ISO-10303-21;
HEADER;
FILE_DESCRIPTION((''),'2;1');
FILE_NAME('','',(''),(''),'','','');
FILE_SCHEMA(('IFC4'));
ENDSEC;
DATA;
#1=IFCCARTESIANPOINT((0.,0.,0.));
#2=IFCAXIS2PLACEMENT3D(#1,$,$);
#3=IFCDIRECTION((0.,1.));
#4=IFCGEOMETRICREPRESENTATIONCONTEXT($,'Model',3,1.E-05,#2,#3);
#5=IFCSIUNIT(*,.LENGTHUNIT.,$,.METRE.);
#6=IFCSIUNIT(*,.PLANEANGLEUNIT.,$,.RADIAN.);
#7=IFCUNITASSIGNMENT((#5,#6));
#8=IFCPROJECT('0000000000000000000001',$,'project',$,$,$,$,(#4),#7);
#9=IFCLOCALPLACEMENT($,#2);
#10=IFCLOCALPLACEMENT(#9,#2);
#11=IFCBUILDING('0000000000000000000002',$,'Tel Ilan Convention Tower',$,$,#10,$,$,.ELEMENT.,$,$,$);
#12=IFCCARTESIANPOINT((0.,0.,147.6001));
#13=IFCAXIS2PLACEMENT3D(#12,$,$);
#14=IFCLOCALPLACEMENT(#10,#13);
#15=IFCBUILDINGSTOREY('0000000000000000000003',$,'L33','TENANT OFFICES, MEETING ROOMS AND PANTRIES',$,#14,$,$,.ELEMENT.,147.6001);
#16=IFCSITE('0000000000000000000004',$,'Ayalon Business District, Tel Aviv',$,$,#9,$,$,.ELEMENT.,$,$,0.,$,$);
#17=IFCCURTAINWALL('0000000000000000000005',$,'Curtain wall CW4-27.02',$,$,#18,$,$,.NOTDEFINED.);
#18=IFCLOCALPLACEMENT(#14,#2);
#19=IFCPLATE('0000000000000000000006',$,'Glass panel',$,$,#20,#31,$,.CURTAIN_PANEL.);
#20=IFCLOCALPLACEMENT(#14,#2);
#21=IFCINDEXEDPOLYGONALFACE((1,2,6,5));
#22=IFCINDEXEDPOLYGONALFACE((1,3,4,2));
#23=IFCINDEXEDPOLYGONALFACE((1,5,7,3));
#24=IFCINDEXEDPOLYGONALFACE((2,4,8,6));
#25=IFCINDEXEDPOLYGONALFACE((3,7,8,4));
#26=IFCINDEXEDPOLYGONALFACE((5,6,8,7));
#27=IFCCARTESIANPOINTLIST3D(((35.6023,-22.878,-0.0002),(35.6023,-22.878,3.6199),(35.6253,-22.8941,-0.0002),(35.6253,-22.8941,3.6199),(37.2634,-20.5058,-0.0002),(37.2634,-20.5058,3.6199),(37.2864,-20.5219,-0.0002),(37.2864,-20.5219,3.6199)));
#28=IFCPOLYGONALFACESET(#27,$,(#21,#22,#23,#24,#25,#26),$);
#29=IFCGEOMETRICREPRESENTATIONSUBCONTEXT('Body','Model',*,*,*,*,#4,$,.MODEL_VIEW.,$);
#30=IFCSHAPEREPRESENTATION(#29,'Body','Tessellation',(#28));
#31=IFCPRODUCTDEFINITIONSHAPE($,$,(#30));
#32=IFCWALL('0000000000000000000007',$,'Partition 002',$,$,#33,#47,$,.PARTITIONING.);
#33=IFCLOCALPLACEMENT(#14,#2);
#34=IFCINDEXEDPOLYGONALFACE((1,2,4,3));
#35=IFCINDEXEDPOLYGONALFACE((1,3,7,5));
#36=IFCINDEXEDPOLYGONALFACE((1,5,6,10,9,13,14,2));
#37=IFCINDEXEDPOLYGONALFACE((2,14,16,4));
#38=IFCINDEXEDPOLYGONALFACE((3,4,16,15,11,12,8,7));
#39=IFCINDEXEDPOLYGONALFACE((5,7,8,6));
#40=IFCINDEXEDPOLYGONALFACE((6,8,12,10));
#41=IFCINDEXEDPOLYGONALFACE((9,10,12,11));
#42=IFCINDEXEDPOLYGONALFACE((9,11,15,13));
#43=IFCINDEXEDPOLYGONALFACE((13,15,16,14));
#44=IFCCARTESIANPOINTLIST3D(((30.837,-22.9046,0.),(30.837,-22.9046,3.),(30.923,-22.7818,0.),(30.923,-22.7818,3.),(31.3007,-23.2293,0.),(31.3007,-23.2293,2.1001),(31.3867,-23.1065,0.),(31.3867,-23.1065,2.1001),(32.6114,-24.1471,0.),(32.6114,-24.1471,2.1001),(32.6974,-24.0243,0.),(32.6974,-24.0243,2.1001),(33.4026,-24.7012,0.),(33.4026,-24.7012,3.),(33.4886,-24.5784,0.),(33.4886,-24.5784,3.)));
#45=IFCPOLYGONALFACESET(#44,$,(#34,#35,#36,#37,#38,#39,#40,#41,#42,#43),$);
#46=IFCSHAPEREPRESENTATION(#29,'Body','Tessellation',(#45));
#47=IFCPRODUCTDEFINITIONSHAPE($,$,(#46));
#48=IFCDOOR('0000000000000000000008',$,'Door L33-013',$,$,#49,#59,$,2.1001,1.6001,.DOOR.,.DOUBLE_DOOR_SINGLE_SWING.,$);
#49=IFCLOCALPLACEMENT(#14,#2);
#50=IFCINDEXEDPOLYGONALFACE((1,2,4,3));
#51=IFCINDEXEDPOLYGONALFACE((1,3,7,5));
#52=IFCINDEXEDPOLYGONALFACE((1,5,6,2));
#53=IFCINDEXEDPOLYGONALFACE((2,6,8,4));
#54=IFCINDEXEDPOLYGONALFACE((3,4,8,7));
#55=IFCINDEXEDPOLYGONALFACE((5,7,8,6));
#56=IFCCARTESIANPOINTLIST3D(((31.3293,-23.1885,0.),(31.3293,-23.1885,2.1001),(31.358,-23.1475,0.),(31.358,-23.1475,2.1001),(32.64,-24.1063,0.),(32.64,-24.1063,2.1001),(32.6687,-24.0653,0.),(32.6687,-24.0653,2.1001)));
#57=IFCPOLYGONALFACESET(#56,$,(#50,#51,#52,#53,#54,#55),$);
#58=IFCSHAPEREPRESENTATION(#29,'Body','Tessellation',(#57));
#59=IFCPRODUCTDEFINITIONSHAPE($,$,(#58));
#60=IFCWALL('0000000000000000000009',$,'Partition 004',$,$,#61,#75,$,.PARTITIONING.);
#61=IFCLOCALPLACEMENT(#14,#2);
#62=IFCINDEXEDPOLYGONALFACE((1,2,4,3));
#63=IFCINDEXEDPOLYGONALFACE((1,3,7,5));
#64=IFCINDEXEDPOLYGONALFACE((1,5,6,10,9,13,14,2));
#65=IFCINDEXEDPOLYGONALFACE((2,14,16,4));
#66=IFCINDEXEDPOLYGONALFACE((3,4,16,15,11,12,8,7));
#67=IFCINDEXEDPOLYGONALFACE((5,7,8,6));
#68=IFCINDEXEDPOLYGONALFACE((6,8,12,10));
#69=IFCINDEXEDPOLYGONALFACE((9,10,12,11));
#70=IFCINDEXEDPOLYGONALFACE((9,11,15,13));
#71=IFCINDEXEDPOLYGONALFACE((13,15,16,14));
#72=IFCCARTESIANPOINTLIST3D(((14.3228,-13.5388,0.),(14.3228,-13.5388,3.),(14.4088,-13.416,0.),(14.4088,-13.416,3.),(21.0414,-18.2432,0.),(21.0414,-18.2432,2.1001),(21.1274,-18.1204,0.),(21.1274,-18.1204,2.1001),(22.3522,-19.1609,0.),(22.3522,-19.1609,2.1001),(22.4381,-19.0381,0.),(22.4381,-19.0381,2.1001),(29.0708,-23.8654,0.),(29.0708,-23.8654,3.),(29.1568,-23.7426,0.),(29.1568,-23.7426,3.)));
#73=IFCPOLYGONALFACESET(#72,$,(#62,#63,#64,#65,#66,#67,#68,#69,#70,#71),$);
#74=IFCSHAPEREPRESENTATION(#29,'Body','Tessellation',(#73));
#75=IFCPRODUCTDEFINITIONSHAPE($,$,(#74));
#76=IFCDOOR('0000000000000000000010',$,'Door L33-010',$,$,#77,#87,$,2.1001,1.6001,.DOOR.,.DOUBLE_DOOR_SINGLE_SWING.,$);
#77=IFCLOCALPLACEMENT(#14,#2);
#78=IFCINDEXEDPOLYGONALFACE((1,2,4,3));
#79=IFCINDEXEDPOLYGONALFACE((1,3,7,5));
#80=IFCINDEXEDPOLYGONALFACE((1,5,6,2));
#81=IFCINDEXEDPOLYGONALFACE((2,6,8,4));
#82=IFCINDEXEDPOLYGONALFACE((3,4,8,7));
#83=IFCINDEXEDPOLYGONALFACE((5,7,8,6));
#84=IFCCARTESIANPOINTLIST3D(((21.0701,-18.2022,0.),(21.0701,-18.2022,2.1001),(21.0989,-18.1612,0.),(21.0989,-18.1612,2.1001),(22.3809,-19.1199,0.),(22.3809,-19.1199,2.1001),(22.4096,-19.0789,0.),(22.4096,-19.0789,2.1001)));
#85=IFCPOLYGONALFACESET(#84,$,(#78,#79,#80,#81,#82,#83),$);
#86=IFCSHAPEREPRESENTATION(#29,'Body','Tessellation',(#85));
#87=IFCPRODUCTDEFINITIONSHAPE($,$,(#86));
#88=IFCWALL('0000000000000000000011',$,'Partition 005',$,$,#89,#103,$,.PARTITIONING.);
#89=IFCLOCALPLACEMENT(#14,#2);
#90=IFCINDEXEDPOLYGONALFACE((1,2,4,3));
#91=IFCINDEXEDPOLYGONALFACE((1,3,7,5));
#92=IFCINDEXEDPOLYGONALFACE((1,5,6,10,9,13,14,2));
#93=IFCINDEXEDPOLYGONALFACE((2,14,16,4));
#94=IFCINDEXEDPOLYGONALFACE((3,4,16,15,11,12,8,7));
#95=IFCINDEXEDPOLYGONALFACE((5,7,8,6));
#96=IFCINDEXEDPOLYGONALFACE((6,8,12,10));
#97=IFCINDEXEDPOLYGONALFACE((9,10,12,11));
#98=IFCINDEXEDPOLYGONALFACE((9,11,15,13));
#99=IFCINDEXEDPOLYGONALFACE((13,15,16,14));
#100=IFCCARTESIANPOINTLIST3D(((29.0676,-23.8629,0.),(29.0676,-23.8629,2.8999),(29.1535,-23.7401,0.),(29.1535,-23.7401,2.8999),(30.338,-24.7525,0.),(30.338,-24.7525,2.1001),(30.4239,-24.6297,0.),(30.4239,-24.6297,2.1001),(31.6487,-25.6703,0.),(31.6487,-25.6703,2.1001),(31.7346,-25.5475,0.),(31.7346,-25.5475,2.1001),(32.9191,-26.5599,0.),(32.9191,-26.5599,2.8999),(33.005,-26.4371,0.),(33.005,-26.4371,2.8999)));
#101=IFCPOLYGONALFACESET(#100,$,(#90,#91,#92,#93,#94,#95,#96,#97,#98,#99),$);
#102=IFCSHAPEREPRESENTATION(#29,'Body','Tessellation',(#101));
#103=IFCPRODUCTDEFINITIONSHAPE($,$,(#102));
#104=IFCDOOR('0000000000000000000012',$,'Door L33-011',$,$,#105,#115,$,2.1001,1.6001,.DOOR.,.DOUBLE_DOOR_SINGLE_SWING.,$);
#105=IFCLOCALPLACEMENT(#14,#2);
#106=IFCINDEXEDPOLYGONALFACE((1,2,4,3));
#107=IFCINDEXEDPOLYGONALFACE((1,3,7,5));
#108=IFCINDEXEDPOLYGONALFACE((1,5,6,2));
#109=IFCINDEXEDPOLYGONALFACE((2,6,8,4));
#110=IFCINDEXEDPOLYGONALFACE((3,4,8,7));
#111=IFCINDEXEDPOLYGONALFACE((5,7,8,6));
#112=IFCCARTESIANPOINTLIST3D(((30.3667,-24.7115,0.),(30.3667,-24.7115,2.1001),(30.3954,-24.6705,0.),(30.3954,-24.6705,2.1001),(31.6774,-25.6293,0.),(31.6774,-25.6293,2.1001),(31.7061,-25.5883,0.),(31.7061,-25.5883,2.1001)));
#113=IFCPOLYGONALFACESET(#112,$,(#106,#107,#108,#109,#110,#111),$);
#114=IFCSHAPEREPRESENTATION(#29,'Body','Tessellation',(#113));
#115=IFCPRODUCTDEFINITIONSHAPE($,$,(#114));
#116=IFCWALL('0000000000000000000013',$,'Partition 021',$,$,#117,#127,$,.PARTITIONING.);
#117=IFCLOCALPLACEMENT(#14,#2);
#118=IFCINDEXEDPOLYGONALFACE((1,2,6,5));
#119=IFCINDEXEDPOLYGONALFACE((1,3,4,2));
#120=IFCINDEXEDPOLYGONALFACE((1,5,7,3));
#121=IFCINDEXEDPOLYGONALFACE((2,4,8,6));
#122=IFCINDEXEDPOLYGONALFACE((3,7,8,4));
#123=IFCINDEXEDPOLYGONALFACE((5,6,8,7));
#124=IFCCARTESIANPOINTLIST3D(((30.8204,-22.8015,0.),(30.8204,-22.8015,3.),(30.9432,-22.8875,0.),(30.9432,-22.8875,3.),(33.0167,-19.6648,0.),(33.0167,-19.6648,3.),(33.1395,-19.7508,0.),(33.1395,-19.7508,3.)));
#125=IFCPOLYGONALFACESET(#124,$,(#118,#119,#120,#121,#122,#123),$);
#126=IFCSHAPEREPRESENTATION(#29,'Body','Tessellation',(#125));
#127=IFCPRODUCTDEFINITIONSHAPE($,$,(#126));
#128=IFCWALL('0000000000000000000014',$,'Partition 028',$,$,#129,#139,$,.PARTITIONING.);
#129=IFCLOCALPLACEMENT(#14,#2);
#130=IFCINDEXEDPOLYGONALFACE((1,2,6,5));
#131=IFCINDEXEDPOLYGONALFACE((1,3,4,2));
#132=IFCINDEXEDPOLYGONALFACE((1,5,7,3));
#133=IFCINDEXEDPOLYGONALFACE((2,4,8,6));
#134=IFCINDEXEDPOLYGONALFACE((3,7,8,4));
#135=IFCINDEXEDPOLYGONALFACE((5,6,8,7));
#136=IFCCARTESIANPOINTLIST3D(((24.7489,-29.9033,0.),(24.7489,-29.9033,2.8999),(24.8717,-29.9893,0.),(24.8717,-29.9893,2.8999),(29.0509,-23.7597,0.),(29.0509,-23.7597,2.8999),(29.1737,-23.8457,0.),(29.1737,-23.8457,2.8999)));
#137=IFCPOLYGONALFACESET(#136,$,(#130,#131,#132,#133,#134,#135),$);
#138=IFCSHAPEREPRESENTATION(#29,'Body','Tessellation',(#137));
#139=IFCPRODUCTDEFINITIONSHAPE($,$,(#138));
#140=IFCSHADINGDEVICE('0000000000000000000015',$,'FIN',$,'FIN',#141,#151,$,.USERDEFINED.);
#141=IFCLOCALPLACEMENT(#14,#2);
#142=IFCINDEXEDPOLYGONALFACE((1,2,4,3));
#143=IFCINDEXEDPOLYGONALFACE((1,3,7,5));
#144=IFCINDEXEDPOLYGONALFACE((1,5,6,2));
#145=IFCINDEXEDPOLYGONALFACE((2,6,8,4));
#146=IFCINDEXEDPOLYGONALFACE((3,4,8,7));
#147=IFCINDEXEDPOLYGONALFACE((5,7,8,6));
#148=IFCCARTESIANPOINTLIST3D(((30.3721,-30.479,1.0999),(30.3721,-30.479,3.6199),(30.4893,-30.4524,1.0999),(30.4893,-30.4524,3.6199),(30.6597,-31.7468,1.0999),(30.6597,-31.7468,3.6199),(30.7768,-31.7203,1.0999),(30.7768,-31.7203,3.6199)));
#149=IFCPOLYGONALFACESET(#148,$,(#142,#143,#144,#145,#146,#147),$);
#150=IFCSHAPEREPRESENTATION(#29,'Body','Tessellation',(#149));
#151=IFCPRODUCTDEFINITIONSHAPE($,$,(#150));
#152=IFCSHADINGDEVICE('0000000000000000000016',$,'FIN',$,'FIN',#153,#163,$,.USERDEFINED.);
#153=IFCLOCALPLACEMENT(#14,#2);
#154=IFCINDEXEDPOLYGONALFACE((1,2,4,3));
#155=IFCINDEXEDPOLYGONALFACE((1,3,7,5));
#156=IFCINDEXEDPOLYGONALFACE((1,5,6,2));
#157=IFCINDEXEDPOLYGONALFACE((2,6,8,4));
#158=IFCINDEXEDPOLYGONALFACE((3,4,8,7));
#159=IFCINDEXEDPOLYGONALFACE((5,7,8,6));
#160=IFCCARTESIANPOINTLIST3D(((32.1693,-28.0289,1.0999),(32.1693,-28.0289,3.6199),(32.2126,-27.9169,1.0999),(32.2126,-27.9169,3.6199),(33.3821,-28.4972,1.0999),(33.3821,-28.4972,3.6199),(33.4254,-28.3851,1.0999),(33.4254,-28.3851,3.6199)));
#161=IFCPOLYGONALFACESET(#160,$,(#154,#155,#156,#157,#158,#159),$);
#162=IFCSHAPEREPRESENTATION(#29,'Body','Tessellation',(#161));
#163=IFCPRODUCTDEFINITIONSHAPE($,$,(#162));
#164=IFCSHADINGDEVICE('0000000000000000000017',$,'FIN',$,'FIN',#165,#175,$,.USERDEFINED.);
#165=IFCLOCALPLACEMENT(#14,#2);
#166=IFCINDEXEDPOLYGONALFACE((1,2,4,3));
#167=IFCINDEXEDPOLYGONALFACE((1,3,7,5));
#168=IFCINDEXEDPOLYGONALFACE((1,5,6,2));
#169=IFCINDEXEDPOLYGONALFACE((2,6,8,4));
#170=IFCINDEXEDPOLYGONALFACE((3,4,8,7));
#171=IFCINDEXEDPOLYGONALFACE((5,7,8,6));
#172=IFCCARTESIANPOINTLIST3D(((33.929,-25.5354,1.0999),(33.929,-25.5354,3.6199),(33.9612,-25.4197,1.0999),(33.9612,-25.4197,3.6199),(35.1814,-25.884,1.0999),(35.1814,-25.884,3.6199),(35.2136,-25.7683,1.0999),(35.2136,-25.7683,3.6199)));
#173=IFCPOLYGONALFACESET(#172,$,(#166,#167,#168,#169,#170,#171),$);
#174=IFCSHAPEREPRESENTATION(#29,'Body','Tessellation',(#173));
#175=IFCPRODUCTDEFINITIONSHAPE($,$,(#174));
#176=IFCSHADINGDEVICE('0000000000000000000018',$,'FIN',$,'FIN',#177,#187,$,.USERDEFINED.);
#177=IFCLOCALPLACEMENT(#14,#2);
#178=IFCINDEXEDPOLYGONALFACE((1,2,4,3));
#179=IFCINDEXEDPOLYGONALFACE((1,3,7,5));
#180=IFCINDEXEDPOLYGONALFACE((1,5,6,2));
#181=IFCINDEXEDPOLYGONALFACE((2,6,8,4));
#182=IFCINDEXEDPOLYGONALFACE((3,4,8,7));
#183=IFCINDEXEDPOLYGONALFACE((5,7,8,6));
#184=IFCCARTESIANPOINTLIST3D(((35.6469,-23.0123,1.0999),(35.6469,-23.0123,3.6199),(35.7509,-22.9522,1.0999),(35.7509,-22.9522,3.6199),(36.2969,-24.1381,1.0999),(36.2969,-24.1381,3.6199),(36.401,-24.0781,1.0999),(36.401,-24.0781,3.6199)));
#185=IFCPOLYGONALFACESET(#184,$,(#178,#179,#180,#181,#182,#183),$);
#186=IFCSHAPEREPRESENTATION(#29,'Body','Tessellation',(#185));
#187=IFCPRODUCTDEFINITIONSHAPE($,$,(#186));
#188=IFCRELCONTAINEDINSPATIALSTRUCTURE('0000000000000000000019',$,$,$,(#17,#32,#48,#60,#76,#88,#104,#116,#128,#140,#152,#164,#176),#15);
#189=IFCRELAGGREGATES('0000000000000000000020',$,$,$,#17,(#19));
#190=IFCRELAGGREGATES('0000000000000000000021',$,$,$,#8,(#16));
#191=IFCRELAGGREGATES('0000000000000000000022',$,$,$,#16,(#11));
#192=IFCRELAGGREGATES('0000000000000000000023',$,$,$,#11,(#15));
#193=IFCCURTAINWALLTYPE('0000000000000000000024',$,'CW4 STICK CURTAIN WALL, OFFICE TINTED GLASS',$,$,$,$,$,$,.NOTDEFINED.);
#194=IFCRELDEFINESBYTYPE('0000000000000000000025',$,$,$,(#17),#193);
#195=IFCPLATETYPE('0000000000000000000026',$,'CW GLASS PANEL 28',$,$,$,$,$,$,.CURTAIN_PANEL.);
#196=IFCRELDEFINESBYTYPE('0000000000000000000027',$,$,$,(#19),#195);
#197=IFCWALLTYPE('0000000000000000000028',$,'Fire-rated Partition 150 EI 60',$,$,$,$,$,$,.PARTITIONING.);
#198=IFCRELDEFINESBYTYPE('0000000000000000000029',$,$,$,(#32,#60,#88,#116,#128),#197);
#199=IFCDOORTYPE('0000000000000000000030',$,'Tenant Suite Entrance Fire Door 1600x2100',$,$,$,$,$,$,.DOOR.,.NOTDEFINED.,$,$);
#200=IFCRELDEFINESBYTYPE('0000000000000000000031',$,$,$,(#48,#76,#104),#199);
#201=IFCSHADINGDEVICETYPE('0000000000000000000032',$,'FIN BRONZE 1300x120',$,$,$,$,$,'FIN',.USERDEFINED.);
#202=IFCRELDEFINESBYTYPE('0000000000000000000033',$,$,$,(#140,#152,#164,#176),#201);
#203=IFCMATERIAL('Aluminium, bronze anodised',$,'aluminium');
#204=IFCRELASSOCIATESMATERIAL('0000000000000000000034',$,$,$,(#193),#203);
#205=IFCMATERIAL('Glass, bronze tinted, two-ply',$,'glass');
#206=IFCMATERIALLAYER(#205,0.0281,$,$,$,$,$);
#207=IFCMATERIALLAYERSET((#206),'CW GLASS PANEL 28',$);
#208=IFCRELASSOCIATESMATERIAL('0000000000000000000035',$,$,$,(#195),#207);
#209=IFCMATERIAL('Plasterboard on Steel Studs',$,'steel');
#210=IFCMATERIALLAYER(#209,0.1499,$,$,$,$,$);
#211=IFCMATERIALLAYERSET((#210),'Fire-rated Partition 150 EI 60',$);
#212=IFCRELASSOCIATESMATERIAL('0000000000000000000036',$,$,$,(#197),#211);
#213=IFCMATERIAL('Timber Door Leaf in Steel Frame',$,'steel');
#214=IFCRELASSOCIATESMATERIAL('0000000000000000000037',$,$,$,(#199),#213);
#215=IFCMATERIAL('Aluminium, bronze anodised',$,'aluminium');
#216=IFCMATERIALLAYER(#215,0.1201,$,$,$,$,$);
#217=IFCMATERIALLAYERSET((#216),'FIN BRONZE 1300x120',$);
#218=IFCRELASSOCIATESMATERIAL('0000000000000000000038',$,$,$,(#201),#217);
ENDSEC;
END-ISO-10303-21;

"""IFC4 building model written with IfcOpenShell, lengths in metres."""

from ifc_helpers import new_model, si_unit, direction, frame, frame_2d, origin, origin_2d, place, context, subcontext, project, spatial, rectangle, extrude, material, layer, layer_set, type_object, element, fill, aggregate, save


model = new_model("IFC4")

# Units and contexts
model_context = context("Model", 3, precision=1e-05, world=origin(), true_north=direction((0.0, 1.0)))
body_context = subcontext(model_context, "Body", "Model", "MODEL_VIEW")
ifc_project = project(units=[si_unit("LENGTHUNIT", "METRE"), si_unit("PLANEANGLEUNIT", "RADIAN")], contexts=[model_context])

# Site, building, storey
site_placement = place(None, origin())
site = spatial("IfcSite", under=ifc_project, at=site_placement, Name="Ayalon Business District, Tel Aviv", CompositionType="ELEMENT", RefElevation=0.0)
building_placement = place(site_placement, origin())
building = spatial("IfcBuilding", under=site, at=building_placement, Name="Tel Ilan Convention Tower", CompositionType="ELEMENT")
storey_placement = place(building_placement, frame((0.0, 0.0, 147.6001)))
storey = spatial("IfcBuildingStorey", under=building, at=storey_placement, Name="L33", Description="TENANT OFFICES, MEETING ROOMS AND PANTRIES", CompositionType="ELEMENT", Elevation=147.6001)

# Curtain wall, plate
ifc_material_1 = material(Name="Aluminium, bronze anodised", Category="aluminium")
curtain_wall_type = type_object("IfcCurtainWallType", Name="CW4 STICK CURTAIN WALL, OFFICE TINTED GLASS", PredefinedType="NOTDEFINED", material=ifc_material_1)
curtain_wall_placement = place(storey_placement, origin())
curtain_wall = element("IfcCurtainWall", 1, at=curtain_wall_placement, inside=storey, type_object=curtain_wall_type, Name="Curtain wall CW4-27.02", PredefinedType="NOTDEFINED")
ifc_material_2 = material(Name="Glass, bronze tinted, two-ply", Category="glass")
ifc_layer_1 = layer(ifc_material_2, 0.0281)
ifc_layer_set_1 = layer_set([ifc_layer_1], Name="CW GLASS PANEL 28")
plate_type = type_object("IfcPlateType", Name="CW GLASS PANEL 28", PredefinedType="CURTAIN_PANEL", material=ifc_layer_set_1)
plate_1_placement = place(storey_placement, frame((36.4443, -21.7, -0.0002), z_axis=(0.0, 0.0, 1.0), x_axis=(0.573576, 0.819152, 0.0)))
plate_1 = element("IfcPlate", 2, at=plate_1_placement, type_object=plate_type, Name="Glass panel", PredefinedType="CURTAIN_PANEL", context=body_context, shape_type="SweptSolid", body=[
    extrude(rectangle(XDim=2.896, YDim=0.0281, at=origin_2d()), origin(), (0.0, 0.0, 1.0), 3.6201),
])
aggregate(curtain_wall, [plate_1])

# Walls, openings, doors
ifc_material_3 = material(Name="Plasterboard on Steel Studs", Category="steel")
ifc_layer_2 = layer(ifc_material_3, 0.1499)
ifc_layer_set_2 = layer_set([ifc_layer_2], Name="Fire-rated Partition 150 EI 60")
wall_type = type_object("IfcWallType", Name="Fire-rated Partition 150 EI 60", PredefinedType="PARTITIONING", material=ifc_layer_set_2)
wall_1_placement = place(storey_placement, frame((30.8801, -22.8433, 0.0), z_axis=(0.0, 0.0, 1.0), x_axis=(0.819133, -0.573604, 0.0)))
wall_1 = element("IfcWall", 3, at=wall_1_placement, inside=storey, type_object=wall_type, Name="Partition 002", PredefinedType="PARTITIONING", context=body_context, shape_type="SweptSolid", body=[
    extrude(rectangle(XDim=3.1321, YDim=0.1499, at=frame_2d((1.5659, 0.0))), origin(), (0.0, 0.0, 1.0), 3.0),
])
opening_1_placement = place(wall_1_placement, frame((0.5659, 0.0, 0.0)))
opening_1 = element("IfcOpeningElement", 4, at=opening_1_placement, cuts=wall_1, PredefinedType="OPENING", context=body_context, shape_type="SweptSolid", body=[
    extrude(rectangle(XDim=1.6001, YDim=2.1001, at=frame_2d((0.8, 1.05))), frame((0.0, 0.085, 0.0), z_axis=(0.0, -1.0, 0.0), x_axis=(1.0, 0.0, 0.0)), (0.0, 0.0, 1.0), 0.1699),
])
ifc_material_4 = material(Name="Timber Door Leaf in Steel Frame", Category="steel")
door_type = type_object("IfcDoorType", Name="Tenant Suite Entrance Fire Door 1600x2100", OperationType="NOTDEFINED", PredefinedType="DOOR", material=ifc_material_4)
door_1_placement = place(opening_1_placement, origin())
door_1 = element("IfcDoor", 5, at=door_1_placement, inside=storey, type_object=door_type, Name="Door L33-013", OperationType="DOUBLE_DOOR_SINGLE_SWING", OverallHeight=2.1001, OverallWidth=1.6001, PredefinedType="DOOR", context=body_context, shape_type="SweptSolid", body=[
    extrude(rectangle(XDim=1.6001, YDim=2.1001, at=frame_2d((0.8, 1.05))), frame((0.0, 0.0249, 0.0), z_axis=(0.0, -1.0, 0.0), x_axis=(1.0, 0.0, 0.0)), (0.0, 0.0, 1.0), 0.05),
])
fill(opening_1, door_1)
wall_2_placement = place(storey_placement, frame((29.1138, -23.804, 0.0), z_axis=(0.0, 0.0, 1.0), x_axis=(-0.819153, 0.573575, 0.0)))
wall_2 = element("IfcWall", 6, at=wall_2_placement, inside=storey, type_object=wall_type, Name="Partition 004", PredefinedType="PARTITIONING", context=body_context, shape_type="SweptSolid", body=[
    extrude(rectangle(XDim=18.0039, YDim=0.1499, at=frame_2d((9.002, 0.0))), origin(), (0.0, 0.0, 1.0), 3.0),
])
opening_2_placement = place(wall_2_placement, frame((8.2019, 0.0, 0.0)))
opening_2 = element("IfcOpeningElement", 7, at=opening_2_placement, cuts=wall_2, PredefinedType="OPENING", context=body_context, shape_type="SweptSolid", body=[
    extrude(rectangle(XDim=1.6001, YDim=2.1001, at=frame_2d((0.8, 1.05))), frame((0.0, 0.085, 0.0), z_axis=(0.0, -1.0, 0.0), x_axis=(1.0, 0.0, 0.0)), (0.0, 0.0, 1.0), 0.1699),
])
door_2_placement = place(opening_2_placement, origin())
door_2 = element("IfcDoor", 8, at=door_2_placement, inside=storey, type_object=door_type, Name="Door L33-010", OperationType="DOUBLE_DOOR_SINGLE_SWING", OverallHeight=2.1001, OverallWidth=1.6001, PredefinedType="DOOR", context=body_context, shape_type="SweptSolid", body=[
    extrude(rectangle(XDim=1.6001, YDim=2.1001, at=frame_2d((0.8, 1.05))), frame((0.0, 0.0249, 0.0), z_axis=(0.0, -1.0, 0.0), x_axis=(1.0, 0.0, 0.0)), (0.0, 0.0, 1.0), 0.05),
])
fill(opening_2, door_2)
wall_3_placement = place(storey_placement, frame((32.9622, -26.4985, 0.0), z_axis=(0.0, 0.0, 1.0), x_axis=(-0.819139, 0.573595, 0.0)))
wall_3 = element("IfcWall", 9, at=wall_3_placement, inside=storey, type_object=wall_type, Name="Partition 005", PredefinedType="PARTITIONING", context=body_context, shape_type="SweptSolid", body=[
    extrude(rectangle(XDim=4.7019, YDim=0.1499, at=frame_2d((2.3511, 0.0))), origin(), (0.0, 0.0, 1.0), 2.8999),
])
opening_3_placement = place(wall_3_placement, frame((1.551, 0.0, 0.0)))
opening_3 = element("IfcOpeningElement", 10, at=opening_3_placement, cuts=wall_3, PredefinedType="OPENING", context=body_context, shape_type="SweptSolid", body=[
    extrude(rectangle(XDim=1.6001, YDim=2.1001, at=frame_2d((0.8, 1.05))), frame((0.0, 0.085, 0.0), z_axis=(0.0, -1.0, 0.0), x_axis=(1.0, 0.0, 0.0)), (0.0, 0.0, 1.0), 0.1699),
])
door_3_placement = place(opening_3_placement, origin())
door_3 = element("IfcDoor", 11, at=door_3_placement, inside=storey, type_object=door_type, Name="Door L33-011", OperationType="DOUBLE_DOOR_SINGLE_SWING", OverallHeight=2.1001, OverallWidth=1.6001, PredefinedType="DOOR", context=body_context, shape_type="SweptSolid", body=[
    extrude(rectangle(XDim=1.6001, YDim=2.1001, at=frame_2d((0.8, 1.05))), frame((0.0, 0.0249, 0.0), z_axis=(0.0, -1.0, 0.0), x_axis=(1.0, 0.0, 0.0)), (0.0, 0.0, 1.0), 0.05),
])
fill(opening_3, door_3)

# Walls
wall_4_placement = place(storey_placement, frame((30.8818, -22.8445, 0.0), z_axis=(0.0, 0.0, 1.0), x_axis=(0.573565, 0.81916, 0.0)))
element("IfcWall", 12, at=wall_4_placement, inside=storey, type_object=wall_type, Name="Partition 021", PredefinedType="PARTITIONING", context=body_context, shape_type="SweptSolid", body=[
    extrude(rectangle(XDim=3.8291, YDim=0.1499, at=frame_2d((1.9146, 0.0))), origin(), (0.0, 0.0, 1.0), 3.0),
])
wall_5_placement = place(storey_placement, frame((29.1123, -23.8027, 0.0), z_axis=(0.0, 0.0, 1.0), x_axis=(-0.573598, -0.819137, 0.0)))
element("IfcWall", 13, at=wall_5_placement, inside=storey, type_object=wall_type, Name="Partition 028", PredefinedType="PARTITIONING", context=body_context, shape_type="SweptSolid", body=[
    extrude(rectangle(XDim=7.5, YDim=0.1499, at=frame_2d((3.75, 0.0))), origin(), (0.0, 0.0, 1.0), 2.8999),
])

# Shading devices
ifc_material_5 = material(Name="Aluminium, bronze anodised", Category="aluminium")
ifc_layer_3 = layer(ifc_material_5, 0.1201)
ifc_layer_set_3 = layer_set([ifc_layer_3], Name="FIN BRONZE 1300x120")
shading_device_type = type_object("IfcShadingDeviceType", Name="FIN BRONZE 1300x120", ElementType="FIN", PredefinedType="USERDEFINED", material=ifc_layer_set_3)
for number, where, z_axis, x_axis, name in (
    (14, (30.5745, -31.0996, 1.0999), (0.0, 0.0, 1.0), (0.22117, -0.975235, 0.0), "FIN"),
    (15, (32.7974, -28.207, 1.0999), (0.0, 0.0, 1.0), (0.932884, -0.360178, 0.0), "FIN"),
    (16, (34.5713, -25.6519, 1.0999), (0.0, 0.0, 1.0), (0.963371, -0.268173, 0.0), "FIN"),
    (17, (36.0239, -23.5452, 1.0999), (0.0, 0.0, 1.0), (0.5, -0.866025, 0.0), "FIN"),
):
    element("IfcShadingDevice", number, at=place(storey_placement, frame(where, z_axis=z_axis, x_axis=x_axis)), inside=storey, type_object=shading_device_type, Name=name, ObjectType="FIN", PredefinedType="USERDEFINED", context=body_context, shape_type="SweptSolid", body=[
        extrude(rectangle(XDim=1.3, YDim=0.1201, at=origin_2d()), origin(), (0.0, 0.0, 1.0), 2.52),
    ])

save(model, "model.ifc")
